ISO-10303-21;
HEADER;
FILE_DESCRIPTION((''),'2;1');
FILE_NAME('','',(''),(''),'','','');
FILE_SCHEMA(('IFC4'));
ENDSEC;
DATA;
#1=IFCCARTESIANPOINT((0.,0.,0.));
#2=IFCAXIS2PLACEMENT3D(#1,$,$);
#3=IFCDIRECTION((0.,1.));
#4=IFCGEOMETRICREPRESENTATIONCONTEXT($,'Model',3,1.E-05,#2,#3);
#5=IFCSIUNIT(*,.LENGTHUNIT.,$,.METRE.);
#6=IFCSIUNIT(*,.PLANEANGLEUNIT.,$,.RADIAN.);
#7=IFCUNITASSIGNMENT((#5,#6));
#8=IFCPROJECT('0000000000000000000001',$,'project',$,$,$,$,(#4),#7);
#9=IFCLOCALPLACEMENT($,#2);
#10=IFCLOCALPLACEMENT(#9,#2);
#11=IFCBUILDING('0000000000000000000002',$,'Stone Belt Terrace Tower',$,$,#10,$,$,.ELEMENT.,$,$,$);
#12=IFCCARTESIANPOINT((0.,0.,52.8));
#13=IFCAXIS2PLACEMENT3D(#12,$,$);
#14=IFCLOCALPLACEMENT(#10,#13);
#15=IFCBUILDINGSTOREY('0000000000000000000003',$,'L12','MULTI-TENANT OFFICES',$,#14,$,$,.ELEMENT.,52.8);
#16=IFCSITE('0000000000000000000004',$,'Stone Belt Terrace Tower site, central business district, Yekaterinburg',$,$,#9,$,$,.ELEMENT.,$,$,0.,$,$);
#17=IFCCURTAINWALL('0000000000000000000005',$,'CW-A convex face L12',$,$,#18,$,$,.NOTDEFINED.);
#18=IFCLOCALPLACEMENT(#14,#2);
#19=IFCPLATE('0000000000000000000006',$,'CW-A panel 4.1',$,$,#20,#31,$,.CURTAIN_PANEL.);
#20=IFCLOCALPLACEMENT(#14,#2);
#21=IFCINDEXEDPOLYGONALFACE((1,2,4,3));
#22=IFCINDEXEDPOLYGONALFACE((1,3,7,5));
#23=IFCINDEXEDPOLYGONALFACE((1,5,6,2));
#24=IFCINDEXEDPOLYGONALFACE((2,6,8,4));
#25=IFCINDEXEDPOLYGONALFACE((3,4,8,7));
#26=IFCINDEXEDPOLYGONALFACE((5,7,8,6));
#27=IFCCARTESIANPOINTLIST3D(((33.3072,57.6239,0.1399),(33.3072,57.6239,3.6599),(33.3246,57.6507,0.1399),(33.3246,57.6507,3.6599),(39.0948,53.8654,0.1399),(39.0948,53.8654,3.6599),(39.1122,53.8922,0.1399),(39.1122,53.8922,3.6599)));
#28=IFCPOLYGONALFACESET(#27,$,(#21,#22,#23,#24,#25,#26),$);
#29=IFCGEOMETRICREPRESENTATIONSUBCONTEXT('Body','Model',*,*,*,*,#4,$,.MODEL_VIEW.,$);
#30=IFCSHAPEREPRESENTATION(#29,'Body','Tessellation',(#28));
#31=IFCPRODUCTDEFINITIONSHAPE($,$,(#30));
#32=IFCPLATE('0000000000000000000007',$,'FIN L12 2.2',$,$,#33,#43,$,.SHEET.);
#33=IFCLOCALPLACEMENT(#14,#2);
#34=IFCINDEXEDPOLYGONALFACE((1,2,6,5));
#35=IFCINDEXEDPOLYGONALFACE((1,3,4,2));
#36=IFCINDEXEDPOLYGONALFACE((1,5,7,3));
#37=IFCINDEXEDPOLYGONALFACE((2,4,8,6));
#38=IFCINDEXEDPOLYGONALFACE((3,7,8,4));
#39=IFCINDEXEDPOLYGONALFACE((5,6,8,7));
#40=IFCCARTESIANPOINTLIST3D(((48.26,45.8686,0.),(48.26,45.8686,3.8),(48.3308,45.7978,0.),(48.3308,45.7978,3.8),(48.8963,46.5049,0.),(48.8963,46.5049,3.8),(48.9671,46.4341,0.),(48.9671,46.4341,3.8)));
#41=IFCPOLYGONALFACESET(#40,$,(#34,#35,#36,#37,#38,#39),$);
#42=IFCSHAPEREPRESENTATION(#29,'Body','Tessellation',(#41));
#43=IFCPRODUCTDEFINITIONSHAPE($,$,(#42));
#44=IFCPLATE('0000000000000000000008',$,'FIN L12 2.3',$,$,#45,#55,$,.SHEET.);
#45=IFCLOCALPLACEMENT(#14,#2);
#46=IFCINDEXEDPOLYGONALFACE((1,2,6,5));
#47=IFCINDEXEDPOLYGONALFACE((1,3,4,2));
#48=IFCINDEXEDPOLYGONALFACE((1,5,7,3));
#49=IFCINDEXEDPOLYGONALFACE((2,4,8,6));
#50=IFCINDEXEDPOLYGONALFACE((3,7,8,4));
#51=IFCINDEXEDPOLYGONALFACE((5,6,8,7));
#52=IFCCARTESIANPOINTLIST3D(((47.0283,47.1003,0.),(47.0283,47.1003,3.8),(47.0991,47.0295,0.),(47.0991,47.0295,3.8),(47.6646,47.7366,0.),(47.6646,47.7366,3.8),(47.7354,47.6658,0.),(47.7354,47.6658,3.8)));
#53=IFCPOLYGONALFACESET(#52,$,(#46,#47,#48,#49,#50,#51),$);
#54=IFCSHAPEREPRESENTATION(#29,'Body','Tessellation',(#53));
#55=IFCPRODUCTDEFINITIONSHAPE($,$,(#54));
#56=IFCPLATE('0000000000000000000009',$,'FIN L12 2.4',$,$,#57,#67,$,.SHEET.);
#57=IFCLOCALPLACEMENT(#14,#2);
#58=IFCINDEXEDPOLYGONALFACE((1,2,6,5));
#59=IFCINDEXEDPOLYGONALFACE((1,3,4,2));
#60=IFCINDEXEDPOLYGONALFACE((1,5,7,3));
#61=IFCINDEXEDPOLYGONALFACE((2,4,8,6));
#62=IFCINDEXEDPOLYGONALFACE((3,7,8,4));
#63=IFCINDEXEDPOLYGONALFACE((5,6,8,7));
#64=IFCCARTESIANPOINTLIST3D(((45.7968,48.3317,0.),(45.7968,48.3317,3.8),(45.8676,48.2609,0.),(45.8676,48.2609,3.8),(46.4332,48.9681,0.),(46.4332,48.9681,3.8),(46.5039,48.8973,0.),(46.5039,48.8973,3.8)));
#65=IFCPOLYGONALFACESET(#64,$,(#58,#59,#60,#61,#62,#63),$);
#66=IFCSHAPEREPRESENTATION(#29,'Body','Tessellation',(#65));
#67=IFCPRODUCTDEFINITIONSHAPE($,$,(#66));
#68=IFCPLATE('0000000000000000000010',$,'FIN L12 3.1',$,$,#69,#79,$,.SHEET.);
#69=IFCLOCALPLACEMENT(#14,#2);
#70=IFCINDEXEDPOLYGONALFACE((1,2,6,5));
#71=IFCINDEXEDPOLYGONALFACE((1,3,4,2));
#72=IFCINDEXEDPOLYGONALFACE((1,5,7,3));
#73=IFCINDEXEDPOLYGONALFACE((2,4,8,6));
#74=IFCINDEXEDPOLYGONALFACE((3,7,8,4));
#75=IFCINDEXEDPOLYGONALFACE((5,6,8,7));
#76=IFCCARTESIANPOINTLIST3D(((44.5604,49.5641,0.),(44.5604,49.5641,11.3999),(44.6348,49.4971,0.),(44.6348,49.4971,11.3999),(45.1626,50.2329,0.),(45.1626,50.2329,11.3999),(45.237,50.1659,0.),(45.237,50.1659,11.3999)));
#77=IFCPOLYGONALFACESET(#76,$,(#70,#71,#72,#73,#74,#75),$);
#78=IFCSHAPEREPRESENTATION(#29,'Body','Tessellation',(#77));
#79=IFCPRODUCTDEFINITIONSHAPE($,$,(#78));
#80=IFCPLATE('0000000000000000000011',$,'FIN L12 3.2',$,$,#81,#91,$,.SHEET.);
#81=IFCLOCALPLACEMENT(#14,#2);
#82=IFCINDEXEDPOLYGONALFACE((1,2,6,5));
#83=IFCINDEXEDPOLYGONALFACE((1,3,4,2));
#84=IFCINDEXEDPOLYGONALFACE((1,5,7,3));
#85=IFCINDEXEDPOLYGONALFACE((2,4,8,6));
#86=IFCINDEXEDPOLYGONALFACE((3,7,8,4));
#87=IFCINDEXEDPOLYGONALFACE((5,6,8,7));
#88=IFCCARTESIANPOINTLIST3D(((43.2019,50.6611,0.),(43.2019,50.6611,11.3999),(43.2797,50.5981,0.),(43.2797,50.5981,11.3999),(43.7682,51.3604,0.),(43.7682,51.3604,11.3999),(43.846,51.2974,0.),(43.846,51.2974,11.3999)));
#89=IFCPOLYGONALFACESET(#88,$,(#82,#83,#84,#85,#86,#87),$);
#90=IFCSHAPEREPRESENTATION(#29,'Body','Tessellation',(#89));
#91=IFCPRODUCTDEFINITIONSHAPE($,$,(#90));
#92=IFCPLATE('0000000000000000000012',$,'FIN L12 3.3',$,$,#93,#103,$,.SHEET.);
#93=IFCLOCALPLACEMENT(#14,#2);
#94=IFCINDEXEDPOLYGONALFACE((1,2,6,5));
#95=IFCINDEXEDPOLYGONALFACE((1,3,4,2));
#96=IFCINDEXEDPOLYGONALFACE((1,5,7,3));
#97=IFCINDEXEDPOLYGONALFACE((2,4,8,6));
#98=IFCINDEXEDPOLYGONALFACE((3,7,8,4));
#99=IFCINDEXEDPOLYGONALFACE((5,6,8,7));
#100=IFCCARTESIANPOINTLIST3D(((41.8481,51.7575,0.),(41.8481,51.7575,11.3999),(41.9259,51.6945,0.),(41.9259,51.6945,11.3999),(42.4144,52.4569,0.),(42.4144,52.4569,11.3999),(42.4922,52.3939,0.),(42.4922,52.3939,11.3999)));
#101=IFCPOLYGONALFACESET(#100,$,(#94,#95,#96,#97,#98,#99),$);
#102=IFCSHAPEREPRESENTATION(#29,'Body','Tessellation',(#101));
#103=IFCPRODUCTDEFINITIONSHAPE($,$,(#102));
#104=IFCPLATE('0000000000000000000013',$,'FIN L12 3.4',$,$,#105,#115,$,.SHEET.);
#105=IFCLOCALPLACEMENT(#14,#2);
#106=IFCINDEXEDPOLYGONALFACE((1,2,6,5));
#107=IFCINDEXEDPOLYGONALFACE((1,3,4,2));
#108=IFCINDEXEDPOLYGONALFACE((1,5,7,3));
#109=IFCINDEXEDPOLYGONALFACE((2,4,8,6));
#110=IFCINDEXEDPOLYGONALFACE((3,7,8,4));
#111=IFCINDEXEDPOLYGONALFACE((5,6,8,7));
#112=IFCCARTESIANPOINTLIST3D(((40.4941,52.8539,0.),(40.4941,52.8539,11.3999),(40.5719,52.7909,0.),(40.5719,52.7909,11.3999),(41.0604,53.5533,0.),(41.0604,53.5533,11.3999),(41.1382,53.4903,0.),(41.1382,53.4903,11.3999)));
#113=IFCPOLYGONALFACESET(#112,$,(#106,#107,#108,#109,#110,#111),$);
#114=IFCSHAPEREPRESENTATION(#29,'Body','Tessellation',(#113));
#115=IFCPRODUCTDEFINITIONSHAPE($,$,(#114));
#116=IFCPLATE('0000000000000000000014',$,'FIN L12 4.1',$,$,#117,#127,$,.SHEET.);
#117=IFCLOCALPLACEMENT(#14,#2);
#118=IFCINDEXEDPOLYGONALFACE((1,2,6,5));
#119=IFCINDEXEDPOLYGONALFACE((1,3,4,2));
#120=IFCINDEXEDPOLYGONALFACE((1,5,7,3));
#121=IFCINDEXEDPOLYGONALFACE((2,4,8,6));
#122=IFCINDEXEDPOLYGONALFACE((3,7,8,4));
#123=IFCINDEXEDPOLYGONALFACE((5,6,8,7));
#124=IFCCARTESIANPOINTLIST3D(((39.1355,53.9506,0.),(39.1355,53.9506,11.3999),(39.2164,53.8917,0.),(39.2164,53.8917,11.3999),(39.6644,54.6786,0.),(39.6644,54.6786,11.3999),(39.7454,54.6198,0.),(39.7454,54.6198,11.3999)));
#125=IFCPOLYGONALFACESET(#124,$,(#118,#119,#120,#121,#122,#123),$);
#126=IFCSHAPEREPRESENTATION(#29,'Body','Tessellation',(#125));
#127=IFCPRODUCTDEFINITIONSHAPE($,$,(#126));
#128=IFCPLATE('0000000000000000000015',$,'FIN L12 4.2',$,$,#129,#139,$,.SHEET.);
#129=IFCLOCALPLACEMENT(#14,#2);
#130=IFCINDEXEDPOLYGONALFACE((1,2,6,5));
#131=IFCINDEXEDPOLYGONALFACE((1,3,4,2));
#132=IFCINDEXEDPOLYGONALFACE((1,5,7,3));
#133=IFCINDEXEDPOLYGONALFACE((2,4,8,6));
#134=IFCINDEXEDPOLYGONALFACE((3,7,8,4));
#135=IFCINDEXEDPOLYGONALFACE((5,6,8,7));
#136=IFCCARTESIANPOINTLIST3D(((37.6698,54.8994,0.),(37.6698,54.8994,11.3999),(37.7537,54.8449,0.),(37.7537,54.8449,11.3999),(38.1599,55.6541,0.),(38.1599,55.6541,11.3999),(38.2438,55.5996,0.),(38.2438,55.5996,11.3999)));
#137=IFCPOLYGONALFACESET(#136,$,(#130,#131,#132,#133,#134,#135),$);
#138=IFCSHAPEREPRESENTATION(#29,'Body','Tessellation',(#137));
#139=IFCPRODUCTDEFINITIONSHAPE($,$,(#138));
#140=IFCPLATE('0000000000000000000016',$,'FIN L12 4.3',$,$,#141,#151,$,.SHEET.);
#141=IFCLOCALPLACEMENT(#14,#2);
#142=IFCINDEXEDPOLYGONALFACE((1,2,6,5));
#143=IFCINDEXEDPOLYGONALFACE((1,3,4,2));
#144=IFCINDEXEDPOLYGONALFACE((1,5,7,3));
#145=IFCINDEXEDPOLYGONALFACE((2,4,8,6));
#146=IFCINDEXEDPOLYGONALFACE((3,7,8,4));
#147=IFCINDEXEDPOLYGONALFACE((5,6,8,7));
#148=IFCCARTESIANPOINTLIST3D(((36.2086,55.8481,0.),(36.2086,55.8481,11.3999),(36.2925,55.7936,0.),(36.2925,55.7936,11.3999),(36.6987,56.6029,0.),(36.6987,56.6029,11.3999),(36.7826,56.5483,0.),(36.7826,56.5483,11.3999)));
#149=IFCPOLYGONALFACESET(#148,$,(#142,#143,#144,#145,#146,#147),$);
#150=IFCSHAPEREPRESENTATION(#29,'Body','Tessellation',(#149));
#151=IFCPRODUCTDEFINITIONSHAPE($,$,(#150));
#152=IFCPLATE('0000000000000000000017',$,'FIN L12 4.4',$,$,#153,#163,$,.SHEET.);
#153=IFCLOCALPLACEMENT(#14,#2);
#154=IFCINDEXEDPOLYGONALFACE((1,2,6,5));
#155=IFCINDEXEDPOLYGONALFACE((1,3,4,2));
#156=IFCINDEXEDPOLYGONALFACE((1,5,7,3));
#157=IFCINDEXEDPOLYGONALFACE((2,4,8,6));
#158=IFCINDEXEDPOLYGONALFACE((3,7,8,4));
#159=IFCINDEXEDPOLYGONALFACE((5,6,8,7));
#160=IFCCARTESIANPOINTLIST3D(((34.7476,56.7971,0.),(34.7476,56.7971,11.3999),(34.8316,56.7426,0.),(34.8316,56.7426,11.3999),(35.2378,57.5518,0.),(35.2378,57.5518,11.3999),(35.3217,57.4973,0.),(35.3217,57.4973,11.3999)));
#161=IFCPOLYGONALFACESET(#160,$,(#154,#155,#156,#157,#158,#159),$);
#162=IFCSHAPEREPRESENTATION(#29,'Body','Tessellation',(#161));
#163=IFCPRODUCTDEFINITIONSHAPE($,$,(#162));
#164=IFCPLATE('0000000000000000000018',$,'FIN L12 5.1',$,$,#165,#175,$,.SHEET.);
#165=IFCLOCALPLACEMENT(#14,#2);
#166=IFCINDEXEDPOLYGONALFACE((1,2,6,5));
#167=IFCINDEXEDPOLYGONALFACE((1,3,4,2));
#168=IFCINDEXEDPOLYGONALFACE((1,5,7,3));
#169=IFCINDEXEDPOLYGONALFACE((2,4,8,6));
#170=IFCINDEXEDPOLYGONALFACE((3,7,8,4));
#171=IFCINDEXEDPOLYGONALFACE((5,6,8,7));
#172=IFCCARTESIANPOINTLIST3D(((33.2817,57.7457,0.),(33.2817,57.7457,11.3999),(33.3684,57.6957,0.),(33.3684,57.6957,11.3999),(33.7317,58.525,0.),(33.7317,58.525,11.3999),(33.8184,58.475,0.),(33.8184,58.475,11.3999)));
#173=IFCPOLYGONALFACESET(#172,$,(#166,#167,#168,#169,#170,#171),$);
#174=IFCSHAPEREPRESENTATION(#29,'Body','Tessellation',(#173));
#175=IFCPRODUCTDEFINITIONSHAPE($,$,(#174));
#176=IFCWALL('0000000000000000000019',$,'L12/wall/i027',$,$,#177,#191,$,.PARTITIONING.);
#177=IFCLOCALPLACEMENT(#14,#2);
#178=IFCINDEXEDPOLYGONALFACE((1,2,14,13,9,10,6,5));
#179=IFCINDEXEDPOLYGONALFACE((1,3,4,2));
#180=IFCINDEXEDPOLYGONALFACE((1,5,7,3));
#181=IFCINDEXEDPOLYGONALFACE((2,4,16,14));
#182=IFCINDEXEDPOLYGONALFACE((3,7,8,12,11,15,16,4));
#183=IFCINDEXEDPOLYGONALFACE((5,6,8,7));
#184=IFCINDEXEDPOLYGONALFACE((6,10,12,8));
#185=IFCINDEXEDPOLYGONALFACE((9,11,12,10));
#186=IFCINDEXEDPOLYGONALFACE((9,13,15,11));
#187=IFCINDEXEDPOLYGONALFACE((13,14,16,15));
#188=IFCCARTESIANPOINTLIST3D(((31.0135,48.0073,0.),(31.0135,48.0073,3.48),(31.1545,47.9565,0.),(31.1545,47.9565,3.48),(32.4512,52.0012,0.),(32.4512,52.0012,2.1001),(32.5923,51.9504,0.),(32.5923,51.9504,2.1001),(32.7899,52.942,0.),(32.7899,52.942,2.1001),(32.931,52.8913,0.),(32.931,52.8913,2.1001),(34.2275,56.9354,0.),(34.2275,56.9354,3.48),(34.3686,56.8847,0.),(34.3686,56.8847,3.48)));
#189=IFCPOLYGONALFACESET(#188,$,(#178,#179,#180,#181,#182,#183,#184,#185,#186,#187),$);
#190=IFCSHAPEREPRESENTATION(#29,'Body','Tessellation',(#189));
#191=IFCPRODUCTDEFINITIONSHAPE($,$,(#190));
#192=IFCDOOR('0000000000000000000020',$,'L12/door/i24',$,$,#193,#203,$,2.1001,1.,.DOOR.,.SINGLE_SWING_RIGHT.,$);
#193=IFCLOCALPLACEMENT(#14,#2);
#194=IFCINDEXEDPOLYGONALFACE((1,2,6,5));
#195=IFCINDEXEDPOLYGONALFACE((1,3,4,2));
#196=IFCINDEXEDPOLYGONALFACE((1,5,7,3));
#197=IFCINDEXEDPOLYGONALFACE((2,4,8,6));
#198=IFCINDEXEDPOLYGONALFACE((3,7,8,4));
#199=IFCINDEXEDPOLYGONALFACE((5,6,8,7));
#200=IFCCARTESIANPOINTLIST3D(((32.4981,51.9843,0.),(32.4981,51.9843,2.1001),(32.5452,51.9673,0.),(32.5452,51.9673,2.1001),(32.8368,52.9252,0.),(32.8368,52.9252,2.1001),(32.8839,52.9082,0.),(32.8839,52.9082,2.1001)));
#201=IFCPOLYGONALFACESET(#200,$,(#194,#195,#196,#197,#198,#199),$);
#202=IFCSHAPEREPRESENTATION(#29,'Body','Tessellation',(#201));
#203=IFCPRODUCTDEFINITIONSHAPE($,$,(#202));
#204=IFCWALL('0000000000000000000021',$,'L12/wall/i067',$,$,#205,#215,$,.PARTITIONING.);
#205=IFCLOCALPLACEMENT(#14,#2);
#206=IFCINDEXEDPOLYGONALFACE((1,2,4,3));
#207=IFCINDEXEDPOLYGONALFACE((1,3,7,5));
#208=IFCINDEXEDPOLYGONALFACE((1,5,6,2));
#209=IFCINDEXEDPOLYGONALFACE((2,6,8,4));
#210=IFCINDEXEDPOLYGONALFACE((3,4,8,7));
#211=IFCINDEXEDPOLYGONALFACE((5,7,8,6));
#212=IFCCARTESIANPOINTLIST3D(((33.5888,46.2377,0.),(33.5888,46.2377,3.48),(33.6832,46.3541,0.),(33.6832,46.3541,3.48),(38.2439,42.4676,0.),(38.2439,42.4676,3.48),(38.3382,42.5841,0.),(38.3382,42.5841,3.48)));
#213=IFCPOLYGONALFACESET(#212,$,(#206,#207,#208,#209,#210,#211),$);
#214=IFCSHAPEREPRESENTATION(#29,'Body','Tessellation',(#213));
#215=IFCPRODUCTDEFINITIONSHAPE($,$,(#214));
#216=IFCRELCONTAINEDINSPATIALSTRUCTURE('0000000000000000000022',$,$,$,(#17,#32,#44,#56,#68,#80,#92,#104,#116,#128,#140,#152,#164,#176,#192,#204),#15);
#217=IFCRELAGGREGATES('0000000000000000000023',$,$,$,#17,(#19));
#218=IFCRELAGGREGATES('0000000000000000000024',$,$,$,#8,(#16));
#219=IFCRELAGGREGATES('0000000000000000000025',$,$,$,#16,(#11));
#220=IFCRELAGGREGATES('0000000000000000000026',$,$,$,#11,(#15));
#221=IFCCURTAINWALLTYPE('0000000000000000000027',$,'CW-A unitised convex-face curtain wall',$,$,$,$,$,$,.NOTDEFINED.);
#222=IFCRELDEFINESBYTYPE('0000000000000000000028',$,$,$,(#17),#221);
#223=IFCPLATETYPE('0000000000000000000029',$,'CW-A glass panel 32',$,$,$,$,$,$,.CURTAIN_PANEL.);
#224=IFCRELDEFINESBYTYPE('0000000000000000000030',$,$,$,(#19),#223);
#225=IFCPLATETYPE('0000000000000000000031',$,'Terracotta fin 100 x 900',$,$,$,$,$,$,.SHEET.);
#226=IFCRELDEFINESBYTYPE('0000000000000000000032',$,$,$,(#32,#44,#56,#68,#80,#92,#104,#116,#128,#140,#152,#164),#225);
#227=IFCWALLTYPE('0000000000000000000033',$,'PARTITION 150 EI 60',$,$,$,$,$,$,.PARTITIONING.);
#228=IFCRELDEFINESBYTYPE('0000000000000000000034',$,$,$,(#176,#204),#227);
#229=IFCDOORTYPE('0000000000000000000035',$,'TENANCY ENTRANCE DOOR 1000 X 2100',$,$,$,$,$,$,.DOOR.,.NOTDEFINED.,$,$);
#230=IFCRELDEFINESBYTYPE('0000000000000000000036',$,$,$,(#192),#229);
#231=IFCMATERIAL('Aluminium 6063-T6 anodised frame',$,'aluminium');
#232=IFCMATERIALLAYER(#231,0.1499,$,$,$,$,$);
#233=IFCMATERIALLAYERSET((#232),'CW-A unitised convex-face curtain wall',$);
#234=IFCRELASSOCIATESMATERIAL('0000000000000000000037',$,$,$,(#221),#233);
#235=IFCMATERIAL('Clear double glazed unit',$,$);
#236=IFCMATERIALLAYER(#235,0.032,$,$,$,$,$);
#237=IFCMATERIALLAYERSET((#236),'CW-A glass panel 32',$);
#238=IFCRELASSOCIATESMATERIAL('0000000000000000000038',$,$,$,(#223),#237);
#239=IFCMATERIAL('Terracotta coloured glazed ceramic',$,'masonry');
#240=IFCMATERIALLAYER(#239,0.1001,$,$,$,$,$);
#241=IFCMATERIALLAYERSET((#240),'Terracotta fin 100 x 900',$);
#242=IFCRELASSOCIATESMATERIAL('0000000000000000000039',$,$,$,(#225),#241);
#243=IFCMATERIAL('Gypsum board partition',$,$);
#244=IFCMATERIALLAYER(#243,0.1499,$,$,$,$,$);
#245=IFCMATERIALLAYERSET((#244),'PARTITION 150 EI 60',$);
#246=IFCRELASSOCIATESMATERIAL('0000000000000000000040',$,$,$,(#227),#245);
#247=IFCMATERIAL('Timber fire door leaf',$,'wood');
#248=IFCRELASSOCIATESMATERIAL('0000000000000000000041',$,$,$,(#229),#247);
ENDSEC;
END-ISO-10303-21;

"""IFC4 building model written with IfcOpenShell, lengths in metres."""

from ifc_helpers import new_model, si_unit, direction, frame, frame_2d, origin, origin_2d, place, context, subcontext, project, spatial, rectangle, extrude, material, layer, layer_set, type_object, element, fill, aggregate, save


model = new_model("IFC4")

# Units and contexts
model_context = context("Model", 3, precision=1e-05, world=origin(), true_north=direction((0.0, 1.0)))
body_context = subcontext(model_context, "Body", "Model", "MODEL_VIEW")
ifc_project = project(units=[si_unit("LENGTHUNIT", "METRE"), si_unit("PLANEANGLEUNIT", "RADIAN")], contexts=[model_context])

# Site, building, storey
site_placement = place(None, origin())
site = spatial("IfcSite", under=ifc_project, at=site_placement, Name="Stone Belt Terrace Tower site, central business district, Yekaterinburg", CompositionType="ELEMENT", RefElevation=0.0)
building_placement = place(site_placement, origin())
building = spatial("IfcBuilding", under=site, at=building_placement, Name="Stone Belt Terrace Tower", CompositionType="ELEMENT")
storey_placement = place(building_placement, frame((0.0, 0.0, 52.8)))
storey = spatial("IfcBuildingStorey", under=building, at=storey_placement, Name="L12", Description="MULTI-TENANT OFFICES", CompositionType="ELEMENT", Elevation=52.8)

# Curtain wall
ifc_material_1 = material(Name="Aluminium 6063-T6 anodised frame", Category="aluminium")
ifc_layer_1 = layer(ifc_material_1, 0.1499)
ifc_layer_set_1 = layer_set([ifc_layer_1], Name="CW-A unitised convex-face curtain wall")
curtain_wall_type = type_object("IfcCurtainWallType", Name="CW-A unitised convex-face curtain wall", PredefinedType="NOTDEFINED", material=ifc_layer_set_1)
curtain_wall_placement = place(storey_placement, origin())
curtain_wall = element("IfcCurtainWall", 1, at=curtain_wall_placement, inside=storey, type_object=curtain_wall_type, Name="CW-A convex face L12", PredefinedType="NOTDEFINED")

# Plate
ifc_material_2 = material(Name="Clear double glazed unit")
ifc_layer_2 = layer(ifc_material_2, 0.032)
ifc_layer_set_2 = layer_set([ifc_layer_2], Name="CW-A glass panel 32")
plate_type_1 = type_object("IfcPlateType", Name="CW-A glass panel 32", PredefinedType="CURTAIN_PANEL", material=ifc_layer_set_2)
plate_1_placement = place(storey_placement, frame((36.2097, 55.7581, 0.1399), z_axis=(0.0, 0.0, 1.0), x_axis=(-0.838671, 0.544639, 0.0)))
plate_1 = element("IfcPlate", 2, at=plate_1_placement, type_object=plate_type_1, Name="CW-A panel 4.1", PredefinedType="CURTAIN_PANEL", context=body_context, shape_type="SweptSolid", body=[
    extrude(rectangle(XDim=6.9009, YDim=0.032, at=origin_2d()), origin(), (0.0, 0.0, 1.0), 3.52),
])
aggregate(curtain_wall, [plate_1])

# Plates
ifc_material_3 = material(Name="Terracotta coloured glazed ceramic", Category="masonry")
ifc_layer_3 = layer(ifc_material_3, 0.1001)
ifc_layer_set_3 = layer_set([ifc_layer_3], Name="Terracotta fin 100 x 900")
plate_type_2 = type_object("IfcPlateType", Name="Terracotta fin 100 x 900", PredefinedType="SHEET", material=ifc_layer_set_3)
for number, where, z_axis, x_axis, name in (
    (3, (48.6135, 46.1514, 0.0), (0.0, 0.0, 1.0), (0.707107, 0.707107, 0.0), "FIN L12 2.2"),
    (4, (47.3818, 47.3831, 0.0), (0.0, 0.0, 1.0), (0.707107, 0.707107, 0.0), "FIN L12 2.3"),
    (5, (46.1504, 48.6145, 0.0), (0.0, 0.0, 1.0), (0.707107, 0.707107, 0.0), "FIN L12 2.4"),
):
    element("IfcPlate", number, at=place(storey_placement, frame(where, z_axis=z_axis, x_axis=x_axis)), inside=storey, type_object=plate_type_2, Name=name, PredefinedType="SHEET", context=body_context, shape_type="SweptSolid", body=[
        extrude(rectangle(XDim=0.8999, YDim=0.1001, at=origin_2d()), origin(), (0.0, 0.0, 1.0), 3.8),
    ])
for number, where, z_axis, x_axis, name in (
    (6, (44.8987, 49.865, 0.0), (0.0, 0.0, 1.0), (0.669131, 0.743145, 0.0), "FIN L12 3.1"),
    (7, (43.5239, 50.9792, 0.0), (0.0, 0.0, 1.0), (0.62932, 0.777146, 0.0), "FIN L12 3.2"),
    (8, (42.1702, 52.0757, 0.0), (0.0, 0.0, 1.0), (0.62932, 0.777146, 0.0), "FIN L12 3.3"),
    (9, (40.8162, 53.1721, 0.0), (0.0, 0.0, 1.0), (0.62932, 0.777146, 0.0), "FIN L12 3.4"),
    (10, (39.4404, 54.2852, 0.0), (0.0, 0.0, 1.0), (0.587785, 0.809017, 0.0), "FIN L12 4.1"),
    (11, (37.9568, 55.2495, 0.0), (0.0, 0.0, 1.0), (0.544639, 0.838671, 0.0), "FIN L12 4.2"),
    (12, (36.4956, 56.1982, 0.0), (0.0, 0.0, 1.0), (0.544639, 0.838671, 0.0), "FIN L12 4.3"),
    (13, (35.0347, 57.1472, 0.0), (0.0, 0.0, 1.0), (0.544639, 0.838671, 0.0), "FIN L12 4.4"),
    (14, (33.55, 58.1104, 0.0), (0.0, 0.0, 1.0), (0.5, 0.866025, 0.0), "FIN L12 5.1"),
):
    element("IfcPlate", number, at=place(storey_placement, frame(where, z_axis=z_axis, x_axis=x_axis)), inside=storey, type_object=plate_type_2, Name=name, PredefinedType="SHEET", context=body_context, shape_type="SweptSolid", body=[
        extrude(rectangle(XDim=0.8999, YDim=0.1001, at=origin_2d()), origin(), (0.0, 0.0, 1.0), 11.3999),
    ])

# Wall, opening, door
ifc_material_4 = material(Name="Gypsum board partition")
ifc_layer_4 = layer(ifc_material_4, 0.1499)
ifc_layer_set_4 = layer_set([ifc_layer_4], Name="PARTITION 150 EI 60")
wall_type = type_object("IfcWallType", Name="PARTITION 150 EI 60", PredefinedType="PARTITIONING", material=ifc_layer_set_4)
wall_1_placement = place(storey_placement, frame((34.2981, 56.9102, 0.0), z_axis=(0.0, 0.0, 1.0), x_axis=(-0.338715, -0.940889, 0.0)))
wall_1 = element("IfcWall", 15, at=wall_1_placement, inside=storey, type_object=wall_type, Name="L12/wall/i027", PredefinedType="PARTITIONING", context=body_context, shape_type="SweptSolid", body=[
    extrude(rectangle(XDim=9.489, YDim=0.1499, at=frame_2d((4.7446, 0.0))), origin(), (0.0, 0.0, 1.0), 3.48),
])
opening_placement = place(wall_1_placement, frame((4.2444, 0.0, 0.0)))
opening = element("IfcOpeningElement", 16, at=opening_placement, cuts=wall_1, PredefinedType="OPENING", context=body_context, shape_type="SweptSolid", body=[
    extrude(rectangle(XDim=1.0, YDim=2.1001, at=frame_2d((0.5, 1.05))), frame((0.0, 0.085, 0.0), z_axis=(0.0, -1.0, 0.0), x_axis=(1.0, 0.0, 0.0)), (0.0, 0.0, 1.0), 0.1699),
])
ifc_material_5 = material(Name="Timber fire door leaf", Category="wood")
door_type = type_object("IfcDoorType", Name="TENANCY ENTRANCE DOOR 1000 X 2100", OperationType="NOTDEFINED", PredefinedType="DOOR", material=ifc_material_5)
door_placement = place(opening_placement, origin())
door = element("IfcDoor", 17, at=door_placement, inside=storey, type_object=door_type, Name="L12/door/i24", OperationType="SINGLE_SWING_RIGHT", OverallHeight=2.1001, OverallWidth=1.0, PredefinedType="DOOR", context=body_context, shape_type="SweptSolid", body=[
    extrude(rectangle(XDim=1.0, YDim=2.1001, at=frame_2d((0.5, 1.05))), frame((0.0, 0.0249, 0.0), z_axis=(0.0, -1.0, 0.0), x_axis=(1.0, 0.0, 0.0)), (0.0, 0.0, 1.0), 0.05),
])
fill(opening, door)

# Wall
wall_2_placement = place(storey_placement, frame((33.636, 46.2959, 0.0), z_axis=(0.0, 0.0, 1.0), x_axis=(0.777109, -0.629366, 0.0)))
element("IfcWall", 18, at=wall_2_placement, inside=storey, type_object=wall_type, Name="L12/wall/i067", PredefinedType="PARTITIONING", context=body_context, shape_type="SweptSolid", body=[
    extrude(rectangle(XDim=5.9902, YDim=0.1499, at=frame_2d((2.9951, 0.0))), origin(), (0.0, 0.0, 1.0), 3.48),
])

save(model, "model.ifc")
